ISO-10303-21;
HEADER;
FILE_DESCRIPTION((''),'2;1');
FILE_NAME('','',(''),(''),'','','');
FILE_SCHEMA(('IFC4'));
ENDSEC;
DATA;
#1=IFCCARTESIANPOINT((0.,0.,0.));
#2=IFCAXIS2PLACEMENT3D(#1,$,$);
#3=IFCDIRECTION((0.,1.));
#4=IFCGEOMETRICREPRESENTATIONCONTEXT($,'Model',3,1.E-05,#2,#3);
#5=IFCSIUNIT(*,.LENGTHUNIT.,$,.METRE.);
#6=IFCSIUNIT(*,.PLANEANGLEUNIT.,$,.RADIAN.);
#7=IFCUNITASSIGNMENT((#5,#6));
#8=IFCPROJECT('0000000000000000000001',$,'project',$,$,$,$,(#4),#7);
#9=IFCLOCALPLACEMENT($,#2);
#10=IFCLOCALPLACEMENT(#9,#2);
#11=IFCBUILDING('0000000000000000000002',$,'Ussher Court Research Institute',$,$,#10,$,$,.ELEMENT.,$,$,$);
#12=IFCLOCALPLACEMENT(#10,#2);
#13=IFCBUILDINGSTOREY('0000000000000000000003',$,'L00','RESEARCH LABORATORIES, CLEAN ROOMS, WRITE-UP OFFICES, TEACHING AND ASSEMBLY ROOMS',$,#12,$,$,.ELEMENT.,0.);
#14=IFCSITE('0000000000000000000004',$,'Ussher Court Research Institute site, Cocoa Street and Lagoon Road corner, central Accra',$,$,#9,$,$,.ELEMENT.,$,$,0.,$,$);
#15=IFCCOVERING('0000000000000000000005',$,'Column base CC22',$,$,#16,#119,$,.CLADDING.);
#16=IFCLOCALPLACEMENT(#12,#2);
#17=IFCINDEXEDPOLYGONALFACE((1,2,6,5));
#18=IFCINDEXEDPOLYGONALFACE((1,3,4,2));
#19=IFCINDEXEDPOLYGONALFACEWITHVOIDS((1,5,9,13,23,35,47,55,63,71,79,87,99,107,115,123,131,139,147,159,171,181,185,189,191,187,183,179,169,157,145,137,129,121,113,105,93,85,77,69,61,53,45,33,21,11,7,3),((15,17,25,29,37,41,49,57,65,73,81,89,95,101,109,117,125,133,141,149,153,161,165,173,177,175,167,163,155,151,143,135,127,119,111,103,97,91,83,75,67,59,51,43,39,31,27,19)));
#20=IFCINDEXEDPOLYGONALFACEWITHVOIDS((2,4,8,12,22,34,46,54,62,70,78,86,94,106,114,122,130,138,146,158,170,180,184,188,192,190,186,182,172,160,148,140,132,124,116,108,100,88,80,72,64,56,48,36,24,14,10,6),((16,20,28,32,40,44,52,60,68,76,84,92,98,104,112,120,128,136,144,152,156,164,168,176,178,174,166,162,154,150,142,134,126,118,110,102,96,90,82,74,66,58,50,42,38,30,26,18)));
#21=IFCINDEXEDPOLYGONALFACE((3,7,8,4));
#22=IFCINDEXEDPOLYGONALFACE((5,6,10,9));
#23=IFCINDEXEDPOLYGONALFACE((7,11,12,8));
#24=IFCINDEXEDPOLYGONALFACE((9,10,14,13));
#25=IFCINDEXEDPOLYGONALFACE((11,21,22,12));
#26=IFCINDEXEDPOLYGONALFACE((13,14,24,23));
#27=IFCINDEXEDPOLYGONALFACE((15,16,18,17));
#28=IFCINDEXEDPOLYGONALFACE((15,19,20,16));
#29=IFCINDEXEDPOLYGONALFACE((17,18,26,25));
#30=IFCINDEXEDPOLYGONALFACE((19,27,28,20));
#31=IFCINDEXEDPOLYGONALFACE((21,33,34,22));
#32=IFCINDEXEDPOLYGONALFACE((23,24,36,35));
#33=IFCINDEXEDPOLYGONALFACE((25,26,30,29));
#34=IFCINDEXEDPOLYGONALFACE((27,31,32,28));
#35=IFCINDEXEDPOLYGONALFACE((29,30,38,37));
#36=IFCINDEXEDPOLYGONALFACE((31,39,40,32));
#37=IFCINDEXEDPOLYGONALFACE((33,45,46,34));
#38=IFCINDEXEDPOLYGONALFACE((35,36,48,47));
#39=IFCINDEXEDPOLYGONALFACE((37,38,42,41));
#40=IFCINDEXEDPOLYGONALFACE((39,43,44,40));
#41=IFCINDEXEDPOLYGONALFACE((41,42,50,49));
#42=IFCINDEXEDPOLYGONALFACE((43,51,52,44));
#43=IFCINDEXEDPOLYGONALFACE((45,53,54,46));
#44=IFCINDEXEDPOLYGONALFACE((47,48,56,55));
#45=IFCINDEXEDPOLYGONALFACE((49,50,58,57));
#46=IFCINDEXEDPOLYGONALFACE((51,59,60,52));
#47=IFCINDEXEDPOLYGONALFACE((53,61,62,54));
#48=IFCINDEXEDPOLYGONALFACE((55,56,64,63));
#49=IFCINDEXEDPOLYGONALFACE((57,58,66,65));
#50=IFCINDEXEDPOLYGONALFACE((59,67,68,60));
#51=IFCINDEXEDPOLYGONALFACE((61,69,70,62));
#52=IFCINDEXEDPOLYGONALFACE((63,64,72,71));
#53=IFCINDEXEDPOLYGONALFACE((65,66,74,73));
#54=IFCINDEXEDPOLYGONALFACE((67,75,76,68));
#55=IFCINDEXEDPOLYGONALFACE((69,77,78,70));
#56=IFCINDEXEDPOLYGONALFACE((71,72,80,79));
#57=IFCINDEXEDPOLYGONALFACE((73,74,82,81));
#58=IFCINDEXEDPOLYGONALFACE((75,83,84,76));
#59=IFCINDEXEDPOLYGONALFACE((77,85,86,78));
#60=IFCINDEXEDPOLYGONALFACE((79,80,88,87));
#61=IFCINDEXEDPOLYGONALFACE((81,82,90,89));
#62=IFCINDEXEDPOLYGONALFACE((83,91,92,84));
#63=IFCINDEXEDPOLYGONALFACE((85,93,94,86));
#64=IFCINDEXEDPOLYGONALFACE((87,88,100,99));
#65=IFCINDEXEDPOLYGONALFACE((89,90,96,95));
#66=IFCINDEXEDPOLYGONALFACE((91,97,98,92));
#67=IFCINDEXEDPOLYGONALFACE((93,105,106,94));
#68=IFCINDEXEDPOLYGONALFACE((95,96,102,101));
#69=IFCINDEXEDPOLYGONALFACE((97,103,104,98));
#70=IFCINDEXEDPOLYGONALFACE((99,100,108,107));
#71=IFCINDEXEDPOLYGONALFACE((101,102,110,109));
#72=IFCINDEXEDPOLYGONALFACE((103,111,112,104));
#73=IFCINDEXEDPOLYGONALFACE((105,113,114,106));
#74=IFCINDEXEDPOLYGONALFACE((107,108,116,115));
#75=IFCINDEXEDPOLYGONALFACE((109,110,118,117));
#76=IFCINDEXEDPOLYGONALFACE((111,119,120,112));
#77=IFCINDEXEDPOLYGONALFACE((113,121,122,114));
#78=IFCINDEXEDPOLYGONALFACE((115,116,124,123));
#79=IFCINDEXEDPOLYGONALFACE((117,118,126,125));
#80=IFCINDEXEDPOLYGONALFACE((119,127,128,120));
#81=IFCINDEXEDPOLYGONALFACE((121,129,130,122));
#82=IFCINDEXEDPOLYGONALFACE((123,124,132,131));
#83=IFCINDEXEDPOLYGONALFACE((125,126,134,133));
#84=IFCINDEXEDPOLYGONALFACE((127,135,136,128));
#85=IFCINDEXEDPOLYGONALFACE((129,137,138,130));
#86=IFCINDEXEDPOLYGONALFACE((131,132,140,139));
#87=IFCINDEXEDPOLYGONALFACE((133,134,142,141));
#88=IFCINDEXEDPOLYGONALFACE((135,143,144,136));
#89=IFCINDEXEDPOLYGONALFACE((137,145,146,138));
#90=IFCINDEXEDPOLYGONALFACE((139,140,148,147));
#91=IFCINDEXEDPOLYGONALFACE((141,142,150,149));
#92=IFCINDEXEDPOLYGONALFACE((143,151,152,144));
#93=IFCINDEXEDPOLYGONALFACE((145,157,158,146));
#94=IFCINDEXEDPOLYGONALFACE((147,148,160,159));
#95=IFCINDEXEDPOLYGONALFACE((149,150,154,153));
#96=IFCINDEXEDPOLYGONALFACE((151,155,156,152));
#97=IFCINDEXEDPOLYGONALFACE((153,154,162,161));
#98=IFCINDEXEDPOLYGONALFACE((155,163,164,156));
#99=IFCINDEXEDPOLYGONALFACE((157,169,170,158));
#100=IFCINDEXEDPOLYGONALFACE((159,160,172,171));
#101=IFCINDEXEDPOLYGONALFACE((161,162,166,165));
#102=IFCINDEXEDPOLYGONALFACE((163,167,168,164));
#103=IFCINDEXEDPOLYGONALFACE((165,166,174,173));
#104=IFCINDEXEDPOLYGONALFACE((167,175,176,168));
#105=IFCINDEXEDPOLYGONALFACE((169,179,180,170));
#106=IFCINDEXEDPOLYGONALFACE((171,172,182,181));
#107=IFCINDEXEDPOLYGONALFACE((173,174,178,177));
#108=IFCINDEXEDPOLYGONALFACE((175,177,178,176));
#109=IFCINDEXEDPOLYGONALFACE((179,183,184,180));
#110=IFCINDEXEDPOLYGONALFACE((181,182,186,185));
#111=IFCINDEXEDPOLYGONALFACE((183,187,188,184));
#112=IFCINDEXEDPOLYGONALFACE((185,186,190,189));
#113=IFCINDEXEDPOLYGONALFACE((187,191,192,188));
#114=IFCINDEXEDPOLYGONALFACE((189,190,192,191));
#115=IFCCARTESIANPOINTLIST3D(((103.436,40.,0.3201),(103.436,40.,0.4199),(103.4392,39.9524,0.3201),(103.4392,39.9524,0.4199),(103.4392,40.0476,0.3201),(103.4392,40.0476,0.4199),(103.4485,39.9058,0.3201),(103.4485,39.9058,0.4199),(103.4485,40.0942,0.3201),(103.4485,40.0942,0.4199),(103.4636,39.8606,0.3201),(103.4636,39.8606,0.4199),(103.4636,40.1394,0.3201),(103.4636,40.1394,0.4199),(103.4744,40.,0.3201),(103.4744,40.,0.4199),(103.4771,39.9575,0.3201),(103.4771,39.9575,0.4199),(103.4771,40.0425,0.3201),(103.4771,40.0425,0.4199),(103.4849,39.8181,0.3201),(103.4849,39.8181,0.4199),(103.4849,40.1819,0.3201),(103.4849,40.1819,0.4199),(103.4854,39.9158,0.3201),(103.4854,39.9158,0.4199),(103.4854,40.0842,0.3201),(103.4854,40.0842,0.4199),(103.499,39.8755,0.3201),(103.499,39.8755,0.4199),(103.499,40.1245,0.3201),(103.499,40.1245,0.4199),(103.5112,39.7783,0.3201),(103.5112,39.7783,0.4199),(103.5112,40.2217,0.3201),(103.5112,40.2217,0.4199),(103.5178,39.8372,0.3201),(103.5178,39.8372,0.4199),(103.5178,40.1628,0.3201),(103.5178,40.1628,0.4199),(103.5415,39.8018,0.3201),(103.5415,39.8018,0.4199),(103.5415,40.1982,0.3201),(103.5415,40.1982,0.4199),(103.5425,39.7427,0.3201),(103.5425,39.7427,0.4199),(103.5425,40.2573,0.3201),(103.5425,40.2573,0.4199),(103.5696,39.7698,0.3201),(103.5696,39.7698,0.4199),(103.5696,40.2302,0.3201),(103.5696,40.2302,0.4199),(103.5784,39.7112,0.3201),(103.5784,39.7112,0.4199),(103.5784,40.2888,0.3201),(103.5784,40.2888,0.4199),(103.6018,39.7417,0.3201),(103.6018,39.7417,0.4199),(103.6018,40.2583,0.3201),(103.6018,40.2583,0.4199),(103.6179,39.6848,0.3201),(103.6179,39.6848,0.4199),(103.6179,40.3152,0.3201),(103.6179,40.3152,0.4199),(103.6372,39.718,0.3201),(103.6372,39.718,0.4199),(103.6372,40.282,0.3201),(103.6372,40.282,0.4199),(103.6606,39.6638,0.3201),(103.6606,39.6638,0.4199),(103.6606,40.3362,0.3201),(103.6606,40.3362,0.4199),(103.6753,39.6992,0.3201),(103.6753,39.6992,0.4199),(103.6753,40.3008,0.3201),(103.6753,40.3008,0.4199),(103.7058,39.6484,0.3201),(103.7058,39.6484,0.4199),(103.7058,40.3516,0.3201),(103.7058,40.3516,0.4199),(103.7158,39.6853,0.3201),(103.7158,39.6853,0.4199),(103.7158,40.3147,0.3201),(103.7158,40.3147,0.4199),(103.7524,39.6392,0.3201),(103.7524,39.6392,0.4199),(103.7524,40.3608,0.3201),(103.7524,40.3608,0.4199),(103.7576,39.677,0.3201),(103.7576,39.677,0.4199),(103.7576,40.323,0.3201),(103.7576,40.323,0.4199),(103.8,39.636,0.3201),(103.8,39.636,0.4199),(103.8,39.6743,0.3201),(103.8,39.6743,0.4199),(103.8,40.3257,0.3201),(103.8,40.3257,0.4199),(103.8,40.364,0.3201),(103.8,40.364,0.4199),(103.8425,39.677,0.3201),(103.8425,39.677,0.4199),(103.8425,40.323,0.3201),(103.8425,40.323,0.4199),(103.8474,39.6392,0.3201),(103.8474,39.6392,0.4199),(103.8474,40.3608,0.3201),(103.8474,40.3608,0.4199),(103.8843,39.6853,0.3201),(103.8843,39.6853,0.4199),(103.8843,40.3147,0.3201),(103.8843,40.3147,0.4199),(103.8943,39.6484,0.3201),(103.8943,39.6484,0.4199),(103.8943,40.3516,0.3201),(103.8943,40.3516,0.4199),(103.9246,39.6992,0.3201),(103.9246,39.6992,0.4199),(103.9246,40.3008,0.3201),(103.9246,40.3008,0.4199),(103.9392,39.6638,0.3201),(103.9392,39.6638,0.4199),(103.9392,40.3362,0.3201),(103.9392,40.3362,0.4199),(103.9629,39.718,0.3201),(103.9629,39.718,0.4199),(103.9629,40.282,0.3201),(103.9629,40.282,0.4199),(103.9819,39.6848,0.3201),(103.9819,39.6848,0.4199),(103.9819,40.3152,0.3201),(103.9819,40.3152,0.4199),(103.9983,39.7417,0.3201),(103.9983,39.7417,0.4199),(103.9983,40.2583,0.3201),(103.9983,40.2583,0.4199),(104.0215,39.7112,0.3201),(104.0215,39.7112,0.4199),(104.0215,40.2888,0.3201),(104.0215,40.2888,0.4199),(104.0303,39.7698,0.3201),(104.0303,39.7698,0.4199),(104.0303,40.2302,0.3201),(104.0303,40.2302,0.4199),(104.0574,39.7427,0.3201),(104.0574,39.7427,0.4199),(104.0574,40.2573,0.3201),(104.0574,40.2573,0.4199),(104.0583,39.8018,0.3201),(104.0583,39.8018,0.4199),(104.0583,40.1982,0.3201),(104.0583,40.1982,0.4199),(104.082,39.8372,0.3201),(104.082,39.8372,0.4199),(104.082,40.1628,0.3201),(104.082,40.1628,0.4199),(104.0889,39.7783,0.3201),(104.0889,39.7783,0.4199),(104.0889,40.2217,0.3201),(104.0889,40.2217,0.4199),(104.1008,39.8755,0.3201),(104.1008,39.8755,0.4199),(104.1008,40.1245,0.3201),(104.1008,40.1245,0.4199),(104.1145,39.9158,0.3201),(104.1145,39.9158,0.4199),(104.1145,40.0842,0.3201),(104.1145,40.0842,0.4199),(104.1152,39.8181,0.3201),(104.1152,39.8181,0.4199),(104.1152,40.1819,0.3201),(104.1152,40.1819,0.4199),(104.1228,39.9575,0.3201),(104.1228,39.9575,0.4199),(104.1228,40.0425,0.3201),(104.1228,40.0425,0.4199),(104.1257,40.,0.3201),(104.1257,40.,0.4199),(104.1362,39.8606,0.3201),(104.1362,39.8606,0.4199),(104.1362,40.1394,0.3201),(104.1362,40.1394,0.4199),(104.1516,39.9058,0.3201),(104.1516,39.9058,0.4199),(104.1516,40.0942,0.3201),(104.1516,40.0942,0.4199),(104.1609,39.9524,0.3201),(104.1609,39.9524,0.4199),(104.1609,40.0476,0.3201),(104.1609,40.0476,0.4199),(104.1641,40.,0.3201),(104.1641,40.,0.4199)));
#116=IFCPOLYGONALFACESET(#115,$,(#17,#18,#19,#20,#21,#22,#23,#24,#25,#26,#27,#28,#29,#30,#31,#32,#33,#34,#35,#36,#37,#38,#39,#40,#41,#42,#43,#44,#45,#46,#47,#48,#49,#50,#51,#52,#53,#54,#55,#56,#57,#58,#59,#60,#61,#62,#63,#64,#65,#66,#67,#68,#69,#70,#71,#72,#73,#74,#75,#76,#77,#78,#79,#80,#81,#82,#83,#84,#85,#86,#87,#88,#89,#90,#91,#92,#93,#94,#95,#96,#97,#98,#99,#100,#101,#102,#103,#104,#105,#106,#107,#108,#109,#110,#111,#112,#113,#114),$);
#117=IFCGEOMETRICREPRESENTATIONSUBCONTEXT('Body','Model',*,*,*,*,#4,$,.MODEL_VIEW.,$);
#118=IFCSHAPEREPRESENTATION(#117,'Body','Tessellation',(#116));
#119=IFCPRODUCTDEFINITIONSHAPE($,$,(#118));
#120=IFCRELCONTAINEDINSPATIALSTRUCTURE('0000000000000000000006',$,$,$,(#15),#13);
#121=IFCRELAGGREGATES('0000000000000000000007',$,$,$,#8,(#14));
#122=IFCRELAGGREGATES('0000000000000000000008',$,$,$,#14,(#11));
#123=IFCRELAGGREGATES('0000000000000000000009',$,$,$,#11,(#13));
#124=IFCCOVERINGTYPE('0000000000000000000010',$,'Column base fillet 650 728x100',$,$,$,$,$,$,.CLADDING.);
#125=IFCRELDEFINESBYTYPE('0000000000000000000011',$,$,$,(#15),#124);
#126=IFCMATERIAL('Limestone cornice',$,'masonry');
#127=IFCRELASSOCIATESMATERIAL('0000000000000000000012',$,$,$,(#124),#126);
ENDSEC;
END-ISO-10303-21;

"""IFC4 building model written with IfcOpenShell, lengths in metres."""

from ifc_helpers import new_model, si_unit, direction, frame, origin, place, context, subcontext, project, spatial, polyline, outline, extrude, material, type_object, element, save


model = new_model("IFC4")

# Units and contexts
model_context = context("Model", 3, precision=1e-05, world=origin(), true_north=direction((0.0, 1.0)))
body_context = subcontext(model_context, "Body", "Model", "MODEL_VIEW")
ifc_project = project(units=[si_unit("LENGTHUNIT", "METRE"), si_unit("PLANEANGLEUNIT", "RADIAN")], contexts=[model_context])

# Site, building, storey
site_placement = place(None, origin())
site = spatial("IfcSite", under=ifc_project, at=site_placement, Name="Ussher Court Research Institute site, Cocoa Street and Lagoon Road corner, central Accra", CompositionType="ELEMENT", RefElevation=0.0)
building_placement = place(site_placement, origin())
building = spatial("IfcBuilding", under=site, at=building_placement, Name="Ussher Court Research Institute", CompositionType="ELEMENT")
storey_placement = place(building_placement, origin())
storey = spatial("IfcBuildingStorey", under=building, at=storey_placement, Name="L00", Description="RESEARCH LABORATORIES, CLEAN ROOMS, WRITE-UP OFFICES, TEACHING AND ASSEMBLY ROOMS", CompositionType="ELEMENT", Elevation=0.0)

# Covering
ifc_material_1 = material(Name="Limestone cornice", Category="masonry")
covering_type_1 = type_object("IfcCoveringType", Name="Column base fillet 650 728x100", PredefinedType="CLADDING", material=ifc_material_1)
covering_1_placement = place(storey_placement, frame((0.0, 0.0, 0.3201)))
element("IfcCovering", 1, at=covering_1_placement, inside=storey, type_object=covering_type_1, Name="Column base CC22", PredefinedType="CLADDING", context=body_context, shape_type="SweptSolid", body=[
    extrude(outline(polyline([(104.1641, 40.0), (104.1609, 40.0476), (104.1516, 40.0942), (104.1362, 40.1394), (104.1152, 40.1819), (104.0889, 40.2217), (104.0574, 40.2573), (104.0215, 40.2888), (103.9819, 40.3152), (103.9392, 40.3362), (103.8943, 40.3516), (103.8474, 40.3608), (103.8, 40.364), (103.7524, 40.3608), (103.7058, 40.3516), (103.6606, 40.3362), (103.6179, 40.3152), (103.5784, 40.2888), (103.5425, 40.2573), (103.5112, 40.2217), (103.4849, 40.1819), (103.4636, 40.1394), (103.4485, 40.0942), (103.4392, 40.0476), (103.436, 40.0), (103.4392, 39.9524), (103.4485, 39.9058), (103.4636, 39.8606), (103.4849, 39.8181), (103.5112, 39.7783), (103.5425, 39.7427), (103.5784, 39.7112), (103.6179, 39.6848), (103.6606, 39.6638), (103.7058, 39.6484), (103.7524, 39.6392), (103.8, 39.636), (103.8474, 39.6392), (103.8943, 39.6484), (103.9392, 39.6638), (103.9819, 39.6848), (104.0215, 39.7112), (104.0574, 39.7427), (104.0889, 39.7783), (104.1152, 39.8181), (104.1362, 39.8606), (104.1516, 39.9058), (104.1609, 39.9524), (104.1641, 40.0)]), holes=[polyline([(104.1257, 40.0), (104.1228, 40.0425), (104.1145, 40.0842), (104.1008, 40.1245), (104.082, 40.1628), (104.0583, 40.1982), (104.0303, 40.2302), (103.9983, 40.2583), (103.9629, 40.282), (103.9246, 40.3008), (103.8843, 40.3147), (103.8425, 40.323), (103.8, 40.3257), (103.7576, 40.323), (103.7158, 40.3147), (103.6753, 40.3008), (103.6372, 40.282), (103.6018, 40.2583), (103.5696, 40.2302), (103.5415, 40.1982), (103.5178, 40.1628), (103.499, 40.1245), (103.4854, 40.0842), (103.4771, 40.0425), (103.4744, 40.0), (103.4771, 39.9575), (103.4854, 39.9158), (103.499, 39.8755), (103.5178, 39.8372), (103.5415, 39.8018), (103.5696, 39.7698), (103.6018, 39.7417), (103.6372, 39.718), (103.6753, 39.6992), (103.7158, 39.6853), (103.7576, 39.677), (103.8, 39.6743), (103.8425, 39.677), (103.8843, 39.6853), (103.9246, 39.6992), (103.9629, 39.718), (103.9983, 39.7417), (104.0303, 39.7698), (104.0583, 39.8018), (104.082, 39.8372), (104.1008, 39.8755), (104.1145, 39.9158), (104.1228, 39.9575), (104.1257, 40.0)])]), origin(), (0.0, 0.0, 1.0), 0.0999),
])

save(model, "model.ifc")
